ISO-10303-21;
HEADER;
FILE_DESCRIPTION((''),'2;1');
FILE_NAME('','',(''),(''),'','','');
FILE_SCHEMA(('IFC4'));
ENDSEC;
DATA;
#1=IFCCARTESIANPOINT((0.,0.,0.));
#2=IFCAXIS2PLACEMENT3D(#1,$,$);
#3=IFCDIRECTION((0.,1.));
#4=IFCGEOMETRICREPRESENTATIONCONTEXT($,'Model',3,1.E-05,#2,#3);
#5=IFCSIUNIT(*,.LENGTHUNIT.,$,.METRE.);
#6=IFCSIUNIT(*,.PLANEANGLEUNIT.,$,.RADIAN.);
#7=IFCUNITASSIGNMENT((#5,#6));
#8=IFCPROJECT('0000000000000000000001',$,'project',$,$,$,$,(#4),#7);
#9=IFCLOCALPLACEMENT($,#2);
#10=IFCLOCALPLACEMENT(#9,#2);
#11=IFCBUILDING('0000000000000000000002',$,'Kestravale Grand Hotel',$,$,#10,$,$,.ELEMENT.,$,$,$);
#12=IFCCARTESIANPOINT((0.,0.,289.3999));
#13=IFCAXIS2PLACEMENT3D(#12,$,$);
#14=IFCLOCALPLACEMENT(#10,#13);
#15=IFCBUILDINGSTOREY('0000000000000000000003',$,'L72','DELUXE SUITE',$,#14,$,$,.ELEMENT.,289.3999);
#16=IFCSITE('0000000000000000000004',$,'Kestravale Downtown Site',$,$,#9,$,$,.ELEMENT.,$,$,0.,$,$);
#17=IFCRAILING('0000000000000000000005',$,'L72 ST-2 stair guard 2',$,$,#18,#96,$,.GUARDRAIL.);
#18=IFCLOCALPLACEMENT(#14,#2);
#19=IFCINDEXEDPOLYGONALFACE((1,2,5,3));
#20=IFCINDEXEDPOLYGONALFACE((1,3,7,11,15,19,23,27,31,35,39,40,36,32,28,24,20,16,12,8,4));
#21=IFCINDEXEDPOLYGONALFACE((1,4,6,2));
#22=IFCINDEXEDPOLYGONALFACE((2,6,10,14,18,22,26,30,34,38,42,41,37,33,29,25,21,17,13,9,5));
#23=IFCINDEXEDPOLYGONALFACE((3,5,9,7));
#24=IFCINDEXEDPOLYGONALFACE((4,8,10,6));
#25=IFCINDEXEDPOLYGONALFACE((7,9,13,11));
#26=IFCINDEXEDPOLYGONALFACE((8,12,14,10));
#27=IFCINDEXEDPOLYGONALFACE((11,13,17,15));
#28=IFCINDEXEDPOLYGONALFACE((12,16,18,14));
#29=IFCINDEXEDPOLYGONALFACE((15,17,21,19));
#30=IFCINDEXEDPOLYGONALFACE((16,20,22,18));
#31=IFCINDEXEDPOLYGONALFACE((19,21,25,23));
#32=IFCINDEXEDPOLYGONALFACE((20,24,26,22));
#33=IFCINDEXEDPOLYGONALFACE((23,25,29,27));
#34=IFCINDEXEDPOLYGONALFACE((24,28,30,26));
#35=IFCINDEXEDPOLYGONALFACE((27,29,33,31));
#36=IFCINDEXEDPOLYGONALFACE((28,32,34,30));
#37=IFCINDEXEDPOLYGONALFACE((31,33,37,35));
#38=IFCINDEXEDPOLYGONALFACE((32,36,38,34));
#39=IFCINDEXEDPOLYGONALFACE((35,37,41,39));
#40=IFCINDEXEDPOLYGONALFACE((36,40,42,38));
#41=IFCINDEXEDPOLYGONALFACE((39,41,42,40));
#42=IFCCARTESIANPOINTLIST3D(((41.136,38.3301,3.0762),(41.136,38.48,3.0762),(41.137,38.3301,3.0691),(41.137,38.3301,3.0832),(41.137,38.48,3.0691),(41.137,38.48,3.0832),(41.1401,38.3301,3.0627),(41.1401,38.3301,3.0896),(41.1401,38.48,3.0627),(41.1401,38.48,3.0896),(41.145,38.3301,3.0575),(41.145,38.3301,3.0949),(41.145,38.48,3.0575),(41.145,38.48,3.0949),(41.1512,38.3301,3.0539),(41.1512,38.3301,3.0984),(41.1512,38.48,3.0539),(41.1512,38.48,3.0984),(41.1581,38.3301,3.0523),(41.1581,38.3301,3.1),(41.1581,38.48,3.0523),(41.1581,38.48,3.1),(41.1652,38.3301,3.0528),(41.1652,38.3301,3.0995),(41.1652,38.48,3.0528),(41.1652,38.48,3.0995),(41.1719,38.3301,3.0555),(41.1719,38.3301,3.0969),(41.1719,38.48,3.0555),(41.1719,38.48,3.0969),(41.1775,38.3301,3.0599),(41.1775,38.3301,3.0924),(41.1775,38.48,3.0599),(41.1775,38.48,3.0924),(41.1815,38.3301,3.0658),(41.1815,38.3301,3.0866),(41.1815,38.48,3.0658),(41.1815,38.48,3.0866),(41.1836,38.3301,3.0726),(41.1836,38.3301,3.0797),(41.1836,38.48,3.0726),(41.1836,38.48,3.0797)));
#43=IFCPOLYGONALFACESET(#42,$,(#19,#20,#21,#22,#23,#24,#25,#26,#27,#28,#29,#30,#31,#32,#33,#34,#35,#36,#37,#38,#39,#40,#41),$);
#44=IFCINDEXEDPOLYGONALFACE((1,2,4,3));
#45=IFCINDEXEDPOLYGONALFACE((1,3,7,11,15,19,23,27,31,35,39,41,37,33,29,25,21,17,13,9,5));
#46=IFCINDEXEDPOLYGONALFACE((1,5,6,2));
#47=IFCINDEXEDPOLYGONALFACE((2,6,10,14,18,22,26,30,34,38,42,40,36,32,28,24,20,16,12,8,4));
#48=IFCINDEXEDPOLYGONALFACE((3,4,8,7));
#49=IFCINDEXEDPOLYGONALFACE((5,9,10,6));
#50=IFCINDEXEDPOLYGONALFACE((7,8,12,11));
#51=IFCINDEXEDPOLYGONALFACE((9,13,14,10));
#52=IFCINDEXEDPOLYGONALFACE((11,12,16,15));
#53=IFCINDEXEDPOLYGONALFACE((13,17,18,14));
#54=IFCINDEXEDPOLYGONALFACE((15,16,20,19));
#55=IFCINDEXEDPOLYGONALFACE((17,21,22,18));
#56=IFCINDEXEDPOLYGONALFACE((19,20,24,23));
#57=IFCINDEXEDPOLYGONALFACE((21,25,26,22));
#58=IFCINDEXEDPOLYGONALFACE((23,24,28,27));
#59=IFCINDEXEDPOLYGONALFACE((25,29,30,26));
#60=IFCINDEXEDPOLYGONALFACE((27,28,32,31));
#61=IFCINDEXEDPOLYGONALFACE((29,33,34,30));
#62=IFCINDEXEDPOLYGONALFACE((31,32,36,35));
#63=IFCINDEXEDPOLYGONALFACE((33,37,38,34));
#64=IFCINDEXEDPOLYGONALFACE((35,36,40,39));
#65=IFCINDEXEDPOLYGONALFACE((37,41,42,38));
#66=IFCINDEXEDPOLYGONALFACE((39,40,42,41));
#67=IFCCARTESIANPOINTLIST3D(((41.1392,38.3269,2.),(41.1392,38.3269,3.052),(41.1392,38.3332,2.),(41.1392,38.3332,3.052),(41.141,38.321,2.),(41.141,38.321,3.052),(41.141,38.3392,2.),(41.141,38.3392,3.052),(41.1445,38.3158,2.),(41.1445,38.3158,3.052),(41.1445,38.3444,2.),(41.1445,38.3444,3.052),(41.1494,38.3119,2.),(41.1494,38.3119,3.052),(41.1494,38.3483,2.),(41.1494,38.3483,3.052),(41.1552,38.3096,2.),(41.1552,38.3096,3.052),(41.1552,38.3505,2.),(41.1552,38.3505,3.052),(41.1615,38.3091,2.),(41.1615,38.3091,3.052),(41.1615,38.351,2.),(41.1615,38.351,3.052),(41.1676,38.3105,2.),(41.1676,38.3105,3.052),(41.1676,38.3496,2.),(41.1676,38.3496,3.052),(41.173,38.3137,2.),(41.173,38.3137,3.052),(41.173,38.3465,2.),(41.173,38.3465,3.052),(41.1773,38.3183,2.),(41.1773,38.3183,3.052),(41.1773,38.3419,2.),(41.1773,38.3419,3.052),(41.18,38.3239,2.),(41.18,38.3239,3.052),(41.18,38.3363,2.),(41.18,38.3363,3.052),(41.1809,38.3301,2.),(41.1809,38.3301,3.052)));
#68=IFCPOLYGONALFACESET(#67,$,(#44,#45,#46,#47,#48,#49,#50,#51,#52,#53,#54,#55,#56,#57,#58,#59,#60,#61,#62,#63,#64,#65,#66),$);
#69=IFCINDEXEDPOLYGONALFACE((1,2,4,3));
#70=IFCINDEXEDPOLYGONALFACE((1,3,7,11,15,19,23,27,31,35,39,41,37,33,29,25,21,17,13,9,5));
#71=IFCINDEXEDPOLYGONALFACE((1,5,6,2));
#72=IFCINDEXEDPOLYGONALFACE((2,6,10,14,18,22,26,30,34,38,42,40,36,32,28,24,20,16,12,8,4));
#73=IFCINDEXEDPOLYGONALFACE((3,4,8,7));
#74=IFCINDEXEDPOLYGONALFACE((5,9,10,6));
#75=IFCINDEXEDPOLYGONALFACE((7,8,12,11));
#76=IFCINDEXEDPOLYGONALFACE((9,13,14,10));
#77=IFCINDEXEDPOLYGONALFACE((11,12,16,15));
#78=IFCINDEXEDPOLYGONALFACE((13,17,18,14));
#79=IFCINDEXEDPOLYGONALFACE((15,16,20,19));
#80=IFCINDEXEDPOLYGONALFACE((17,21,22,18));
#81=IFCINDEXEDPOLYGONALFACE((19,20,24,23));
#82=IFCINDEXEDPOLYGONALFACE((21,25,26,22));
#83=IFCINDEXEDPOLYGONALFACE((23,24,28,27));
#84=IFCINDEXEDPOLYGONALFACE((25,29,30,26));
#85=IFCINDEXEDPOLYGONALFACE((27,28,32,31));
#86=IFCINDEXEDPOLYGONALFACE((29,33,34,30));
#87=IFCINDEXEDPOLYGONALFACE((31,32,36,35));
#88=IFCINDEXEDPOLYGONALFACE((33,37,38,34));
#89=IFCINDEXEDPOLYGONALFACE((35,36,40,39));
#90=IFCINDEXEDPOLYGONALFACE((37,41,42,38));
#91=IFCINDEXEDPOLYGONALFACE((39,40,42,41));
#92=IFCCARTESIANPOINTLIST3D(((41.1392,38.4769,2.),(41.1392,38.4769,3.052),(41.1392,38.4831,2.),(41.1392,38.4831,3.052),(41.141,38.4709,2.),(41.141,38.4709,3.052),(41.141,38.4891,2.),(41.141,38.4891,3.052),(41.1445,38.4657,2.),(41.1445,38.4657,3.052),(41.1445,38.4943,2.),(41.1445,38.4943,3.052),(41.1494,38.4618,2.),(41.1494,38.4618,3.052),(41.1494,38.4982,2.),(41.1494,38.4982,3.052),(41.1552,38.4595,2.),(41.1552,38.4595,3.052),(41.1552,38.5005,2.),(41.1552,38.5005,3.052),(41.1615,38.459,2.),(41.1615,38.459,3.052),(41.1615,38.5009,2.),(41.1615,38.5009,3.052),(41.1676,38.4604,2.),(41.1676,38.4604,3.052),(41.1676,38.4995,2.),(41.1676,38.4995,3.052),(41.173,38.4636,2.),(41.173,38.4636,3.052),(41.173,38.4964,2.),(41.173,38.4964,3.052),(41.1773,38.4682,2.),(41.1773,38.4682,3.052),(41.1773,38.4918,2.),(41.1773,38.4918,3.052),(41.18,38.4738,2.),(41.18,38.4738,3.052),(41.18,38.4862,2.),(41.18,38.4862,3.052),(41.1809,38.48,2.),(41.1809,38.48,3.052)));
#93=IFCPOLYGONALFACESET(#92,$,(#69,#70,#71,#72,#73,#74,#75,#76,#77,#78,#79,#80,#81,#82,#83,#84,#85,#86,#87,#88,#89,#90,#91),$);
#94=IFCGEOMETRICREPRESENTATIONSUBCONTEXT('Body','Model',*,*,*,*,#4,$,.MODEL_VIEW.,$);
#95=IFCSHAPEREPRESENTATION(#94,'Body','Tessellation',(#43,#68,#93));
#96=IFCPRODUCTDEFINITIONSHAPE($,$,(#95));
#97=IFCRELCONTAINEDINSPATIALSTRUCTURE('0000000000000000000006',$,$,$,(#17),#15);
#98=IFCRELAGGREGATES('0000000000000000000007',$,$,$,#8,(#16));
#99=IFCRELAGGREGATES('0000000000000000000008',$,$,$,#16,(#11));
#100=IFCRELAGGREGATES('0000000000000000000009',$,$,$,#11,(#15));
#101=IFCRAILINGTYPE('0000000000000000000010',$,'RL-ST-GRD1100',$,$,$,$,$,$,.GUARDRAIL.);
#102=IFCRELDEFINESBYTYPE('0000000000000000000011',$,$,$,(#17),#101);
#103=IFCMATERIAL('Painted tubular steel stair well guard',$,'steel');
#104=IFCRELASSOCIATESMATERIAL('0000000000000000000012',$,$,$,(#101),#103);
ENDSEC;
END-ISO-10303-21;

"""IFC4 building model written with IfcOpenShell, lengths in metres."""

from ifc_helpers import new_model, si_unit, direction, frame, origin, origin_2d, place, context, subcontext, project, spatial, circle, extrude, material, type_object, element, save


model = new_model("IFC4")

# Units and contexts
model_context = context("Model", 3, precision=1e-05, world=origin(), true_north=direction((0.0, 1.0)))
body_context = subcontext(model_context, "Body", "Model", "MODEL_VIEW")
ifc_project = project(units=[si_unit("LENGTHUNIT", "METRE"), si_unit("PLANEANGLEUNIT", "RADIAN")], contexts=[model_context])

# Site, building, storey
site_placement = place(None, origin())
site = spatial("IfcSite", under=ifc_project, at=site_placement, Name="Kestravale Downtown Site", CompositionType="ELEMENT", RefElevation=0.0)
building_placement = place(site_placement, origin())
building = spatial("IfcBuilding", under=site, at=building_placement, Name="Kestravale Grand Hotel", CompositionType="ELEMENT")
storey_placement = place(building_placement, frame((0.0, 0.0, 289.3999)))
storey = spatial("IfcBuildingStorey", under=building, at=storey_placement, Name="L72", Description="DELUXE SUITE", CompositionType="ELEMENT", Elevation=289.3999)

# Railing
ifc_material_1 = material(Name="Painted tubular steel stair well guard", Category="steel")
railing_type_1 = type_object("IfcRailingType", Name="RL-ST-GRD1100", PredefinedType="GUARDRAIL", material=ifc_material_1)
railing_1_placement = place(storey_placement, frame((41.1599, 38.3301, 2.0)))
element("IfcRailing", 1, at=railing_1_placement, inside=storey, type_object=railing_type_1, Name="L72 ST-2 stair guard 2", PredefinedType="GUARDRAIL", context=body_context, shape_type="SweptSolid", body=[
    extrude(circle(Radius=0.0239, at=origin_2d()), frame((0.0, 0.0, 1.0762), z_axis=(0.0, 1.0, 0.0), x_axis=(-1.0, 0.0, 0.0)), (0.0, 0.0, 1.0), 0.1499),
    extrude(circle(Radius=0.021, at=origin_2d()), origin(), (0.0, 0.0, 1.0), 1.052),
    extrude(circle(Radius=0.021, at=origin_2d()), frame((0.0, 0.1499, 0.0)), (0.0, 0.0, 1.0), 1.052),
])

save(model, "model.ifc")
